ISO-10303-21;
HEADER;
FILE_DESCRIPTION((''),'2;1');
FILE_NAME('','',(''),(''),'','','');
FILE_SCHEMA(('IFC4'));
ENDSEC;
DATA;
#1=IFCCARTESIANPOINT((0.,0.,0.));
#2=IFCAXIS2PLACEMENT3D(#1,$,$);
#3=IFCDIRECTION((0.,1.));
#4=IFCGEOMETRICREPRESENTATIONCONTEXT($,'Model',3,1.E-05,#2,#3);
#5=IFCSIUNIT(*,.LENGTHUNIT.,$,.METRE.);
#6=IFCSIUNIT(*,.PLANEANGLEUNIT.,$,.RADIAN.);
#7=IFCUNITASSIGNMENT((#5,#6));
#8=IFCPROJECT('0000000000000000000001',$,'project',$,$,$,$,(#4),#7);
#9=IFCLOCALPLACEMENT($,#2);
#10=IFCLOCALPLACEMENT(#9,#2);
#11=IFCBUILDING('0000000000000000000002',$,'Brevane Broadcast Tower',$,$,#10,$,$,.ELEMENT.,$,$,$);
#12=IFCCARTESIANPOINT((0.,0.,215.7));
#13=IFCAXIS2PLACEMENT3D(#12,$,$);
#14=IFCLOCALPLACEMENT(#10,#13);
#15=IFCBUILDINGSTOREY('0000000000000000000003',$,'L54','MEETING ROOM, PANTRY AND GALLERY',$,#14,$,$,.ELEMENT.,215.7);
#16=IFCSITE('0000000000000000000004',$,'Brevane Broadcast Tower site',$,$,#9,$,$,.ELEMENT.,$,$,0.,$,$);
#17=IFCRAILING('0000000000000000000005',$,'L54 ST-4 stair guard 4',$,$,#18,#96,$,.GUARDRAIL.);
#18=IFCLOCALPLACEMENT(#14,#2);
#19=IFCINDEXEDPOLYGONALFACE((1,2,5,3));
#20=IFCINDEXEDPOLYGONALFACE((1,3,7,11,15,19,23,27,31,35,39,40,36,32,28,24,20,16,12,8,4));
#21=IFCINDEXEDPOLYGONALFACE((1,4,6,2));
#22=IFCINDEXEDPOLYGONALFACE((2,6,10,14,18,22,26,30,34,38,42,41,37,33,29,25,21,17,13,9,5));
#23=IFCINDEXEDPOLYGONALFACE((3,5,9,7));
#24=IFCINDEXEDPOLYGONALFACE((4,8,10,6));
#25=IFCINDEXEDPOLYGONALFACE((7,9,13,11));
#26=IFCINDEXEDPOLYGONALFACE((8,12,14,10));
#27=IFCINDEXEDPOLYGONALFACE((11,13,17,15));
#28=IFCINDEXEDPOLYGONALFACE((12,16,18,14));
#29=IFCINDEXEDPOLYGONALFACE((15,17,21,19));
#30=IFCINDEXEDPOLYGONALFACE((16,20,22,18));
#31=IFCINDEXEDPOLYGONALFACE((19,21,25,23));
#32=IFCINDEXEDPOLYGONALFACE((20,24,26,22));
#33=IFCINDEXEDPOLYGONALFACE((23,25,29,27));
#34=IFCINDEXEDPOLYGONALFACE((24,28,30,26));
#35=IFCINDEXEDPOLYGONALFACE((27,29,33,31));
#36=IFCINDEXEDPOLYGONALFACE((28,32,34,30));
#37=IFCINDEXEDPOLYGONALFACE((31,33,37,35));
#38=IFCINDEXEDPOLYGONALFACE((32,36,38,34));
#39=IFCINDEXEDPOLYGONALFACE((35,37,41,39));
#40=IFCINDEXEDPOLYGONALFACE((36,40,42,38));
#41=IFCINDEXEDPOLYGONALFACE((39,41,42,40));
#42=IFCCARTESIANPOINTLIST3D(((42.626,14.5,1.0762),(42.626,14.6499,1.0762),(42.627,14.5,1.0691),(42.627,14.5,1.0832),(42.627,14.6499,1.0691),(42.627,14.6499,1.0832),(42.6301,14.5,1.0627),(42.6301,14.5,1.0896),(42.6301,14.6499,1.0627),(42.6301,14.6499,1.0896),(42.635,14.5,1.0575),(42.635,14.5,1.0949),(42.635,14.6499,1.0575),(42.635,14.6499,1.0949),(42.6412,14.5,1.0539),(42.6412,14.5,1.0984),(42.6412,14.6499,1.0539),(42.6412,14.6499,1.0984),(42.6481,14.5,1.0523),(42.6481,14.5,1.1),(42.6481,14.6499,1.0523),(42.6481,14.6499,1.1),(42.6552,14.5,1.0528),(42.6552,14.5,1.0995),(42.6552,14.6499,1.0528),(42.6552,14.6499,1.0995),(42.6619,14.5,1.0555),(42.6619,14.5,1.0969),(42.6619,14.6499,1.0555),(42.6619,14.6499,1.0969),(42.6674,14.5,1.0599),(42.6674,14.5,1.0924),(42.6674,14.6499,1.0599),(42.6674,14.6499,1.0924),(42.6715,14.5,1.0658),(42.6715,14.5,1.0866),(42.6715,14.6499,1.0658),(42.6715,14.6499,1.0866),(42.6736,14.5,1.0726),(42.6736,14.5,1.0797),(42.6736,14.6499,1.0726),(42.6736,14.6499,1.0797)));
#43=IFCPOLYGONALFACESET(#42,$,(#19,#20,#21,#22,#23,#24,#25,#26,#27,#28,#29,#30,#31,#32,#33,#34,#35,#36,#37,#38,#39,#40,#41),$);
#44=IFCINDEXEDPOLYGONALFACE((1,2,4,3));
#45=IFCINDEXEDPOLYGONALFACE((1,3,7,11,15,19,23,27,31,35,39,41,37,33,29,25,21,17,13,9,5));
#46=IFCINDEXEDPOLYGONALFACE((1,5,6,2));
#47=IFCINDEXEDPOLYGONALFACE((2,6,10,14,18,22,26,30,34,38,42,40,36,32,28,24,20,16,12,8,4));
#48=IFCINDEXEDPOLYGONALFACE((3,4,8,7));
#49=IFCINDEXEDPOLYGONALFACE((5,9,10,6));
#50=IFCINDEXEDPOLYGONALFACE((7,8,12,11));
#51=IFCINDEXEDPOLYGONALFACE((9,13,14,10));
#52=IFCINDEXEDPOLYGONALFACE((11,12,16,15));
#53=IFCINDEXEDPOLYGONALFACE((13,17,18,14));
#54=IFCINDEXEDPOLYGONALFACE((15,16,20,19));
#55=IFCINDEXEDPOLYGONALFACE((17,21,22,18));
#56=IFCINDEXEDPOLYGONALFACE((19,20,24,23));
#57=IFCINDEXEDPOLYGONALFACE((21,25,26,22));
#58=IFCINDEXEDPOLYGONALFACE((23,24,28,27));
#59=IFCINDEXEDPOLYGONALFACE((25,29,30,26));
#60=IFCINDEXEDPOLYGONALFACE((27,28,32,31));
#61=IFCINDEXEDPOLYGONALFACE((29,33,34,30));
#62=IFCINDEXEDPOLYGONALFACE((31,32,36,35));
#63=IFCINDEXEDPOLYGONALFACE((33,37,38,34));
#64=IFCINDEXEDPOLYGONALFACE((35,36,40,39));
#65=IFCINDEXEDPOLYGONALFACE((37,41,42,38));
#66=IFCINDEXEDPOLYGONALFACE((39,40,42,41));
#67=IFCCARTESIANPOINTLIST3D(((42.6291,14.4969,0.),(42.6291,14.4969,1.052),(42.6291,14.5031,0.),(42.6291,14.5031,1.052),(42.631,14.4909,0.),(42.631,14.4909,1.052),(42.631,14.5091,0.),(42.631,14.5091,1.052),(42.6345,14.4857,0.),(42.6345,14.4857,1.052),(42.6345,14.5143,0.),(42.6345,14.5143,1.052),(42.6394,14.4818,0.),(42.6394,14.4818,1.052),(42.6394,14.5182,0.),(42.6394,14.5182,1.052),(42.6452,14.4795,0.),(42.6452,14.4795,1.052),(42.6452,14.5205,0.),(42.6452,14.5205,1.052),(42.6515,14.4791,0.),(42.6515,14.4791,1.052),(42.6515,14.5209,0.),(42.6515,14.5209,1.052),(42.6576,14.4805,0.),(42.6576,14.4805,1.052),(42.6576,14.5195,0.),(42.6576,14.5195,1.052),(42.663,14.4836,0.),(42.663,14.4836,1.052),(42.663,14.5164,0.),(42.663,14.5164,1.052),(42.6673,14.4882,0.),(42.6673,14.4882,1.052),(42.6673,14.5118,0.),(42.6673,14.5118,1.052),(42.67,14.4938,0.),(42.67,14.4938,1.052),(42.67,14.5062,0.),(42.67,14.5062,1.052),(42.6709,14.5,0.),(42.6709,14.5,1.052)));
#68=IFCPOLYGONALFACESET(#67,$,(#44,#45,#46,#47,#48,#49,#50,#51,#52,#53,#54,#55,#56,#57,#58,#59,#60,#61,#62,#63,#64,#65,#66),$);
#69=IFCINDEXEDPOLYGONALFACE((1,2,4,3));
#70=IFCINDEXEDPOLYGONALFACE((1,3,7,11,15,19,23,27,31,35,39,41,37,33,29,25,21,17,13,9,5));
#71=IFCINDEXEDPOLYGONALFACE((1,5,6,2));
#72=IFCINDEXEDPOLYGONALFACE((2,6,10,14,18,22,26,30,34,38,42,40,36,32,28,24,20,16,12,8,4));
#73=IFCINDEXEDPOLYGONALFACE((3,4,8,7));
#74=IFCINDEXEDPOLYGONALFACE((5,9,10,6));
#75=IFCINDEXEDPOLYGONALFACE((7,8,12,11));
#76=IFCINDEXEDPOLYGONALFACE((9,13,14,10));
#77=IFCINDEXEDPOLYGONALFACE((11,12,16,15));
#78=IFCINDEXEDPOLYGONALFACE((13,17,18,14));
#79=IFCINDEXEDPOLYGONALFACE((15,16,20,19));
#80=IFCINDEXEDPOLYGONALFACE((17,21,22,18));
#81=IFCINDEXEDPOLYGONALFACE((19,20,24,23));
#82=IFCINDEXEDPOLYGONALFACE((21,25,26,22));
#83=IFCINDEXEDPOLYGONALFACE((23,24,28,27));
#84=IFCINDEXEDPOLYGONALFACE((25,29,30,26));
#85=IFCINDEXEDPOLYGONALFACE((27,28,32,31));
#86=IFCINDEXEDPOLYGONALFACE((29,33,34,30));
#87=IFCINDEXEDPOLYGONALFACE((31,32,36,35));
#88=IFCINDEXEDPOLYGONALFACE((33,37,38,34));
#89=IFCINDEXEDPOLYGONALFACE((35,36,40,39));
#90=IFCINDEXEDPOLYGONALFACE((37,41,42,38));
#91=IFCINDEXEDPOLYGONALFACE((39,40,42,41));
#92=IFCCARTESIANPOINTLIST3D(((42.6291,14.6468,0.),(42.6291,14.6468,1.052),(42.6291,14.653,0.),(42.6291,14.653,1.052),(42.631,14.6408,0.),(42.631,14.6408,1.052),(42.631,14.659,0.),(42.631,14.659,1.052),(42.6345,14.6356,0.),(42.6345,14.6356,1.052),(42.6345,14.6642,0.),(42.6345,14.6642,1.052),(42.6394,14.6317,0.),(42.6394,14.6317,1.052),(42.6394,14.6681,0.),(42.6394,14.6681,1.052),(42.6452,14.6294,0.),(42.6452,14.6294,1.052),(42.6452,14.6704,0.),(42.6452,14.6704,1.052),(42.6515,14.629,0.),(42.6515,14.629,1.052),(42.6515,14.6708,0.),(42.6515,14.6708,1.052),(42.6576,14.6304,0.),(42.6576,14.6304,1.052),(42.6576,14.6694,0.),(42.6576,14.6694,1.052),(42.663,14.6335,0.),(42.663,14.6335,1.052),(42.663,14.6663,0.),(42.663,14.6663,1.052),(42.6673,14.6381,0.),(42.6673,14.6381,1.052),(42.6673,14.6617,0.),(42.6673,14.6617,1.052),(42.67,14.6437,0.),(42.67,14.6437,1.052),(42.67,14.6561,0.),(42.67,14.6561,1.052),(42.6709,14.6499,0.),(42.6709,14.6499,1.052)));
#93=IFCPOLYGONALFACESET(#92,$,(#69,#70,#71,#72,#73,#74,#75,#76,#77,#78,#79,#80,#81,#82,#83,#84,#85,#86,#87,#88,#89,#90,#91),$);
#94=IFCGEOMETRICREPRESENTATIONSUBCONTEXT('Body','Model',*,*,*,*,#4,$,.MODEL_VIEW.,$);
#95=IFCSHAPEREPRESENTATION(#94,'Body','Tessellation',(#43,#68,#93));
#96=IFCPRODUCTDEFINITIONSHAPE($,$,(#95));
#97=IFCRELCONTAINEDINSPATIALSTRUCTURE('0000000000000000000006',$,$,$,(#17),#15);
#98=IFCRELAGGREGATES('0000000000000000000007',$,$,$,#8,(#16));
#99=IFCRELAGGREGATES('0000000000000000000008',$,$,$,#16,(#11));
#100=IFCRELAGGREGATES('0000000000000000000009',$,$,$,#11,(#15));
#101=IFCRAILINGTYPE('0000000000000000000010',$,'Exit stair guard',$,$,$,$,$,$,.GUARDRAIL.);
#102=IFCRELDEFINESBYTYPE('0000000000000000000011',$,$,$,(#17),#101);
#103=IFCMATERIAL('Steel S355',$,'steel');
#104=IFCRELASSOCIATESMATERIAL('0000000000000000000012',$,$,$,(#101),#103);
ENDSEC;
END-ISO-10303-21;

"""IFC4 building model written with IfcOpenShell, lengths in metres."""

from ifc_helpers import new_model, si_unit, direction, frame, origin, origin_2d, place, context, subcontext, project, spatial, circle, extrude, material, type_object, element, save


model = new_model("IFC4")

# Units and contexts
model_context = context("Model", 3, precision=1e-05, world=origin(), true_north=direction((0.0, 1.0)))
body_context = subcontext(model_context, "Body", "Model", "MODEL_VIEW")
ifc_project = project(units=[si_unit("LENGTHUNIT", "METRE"), si_unit("PLANEANGLEUNIT", "RADIAN")], contexts=[model_context])

# Site, building, storey
site_placement = place(None, origin())
site = spatial("IfcSite", under=ifc_project, at=site_placement, Name="Brevane Broadcast Tower site", CompositionType="ELEMENT", RefElevation=0.0)
building_placement = place(site_placement, origin())
building = spatial("IfcBuilding", under=site, at=building_placement, Name="Brevane Broadcast Tower", CompositionType="ELEMENT")
storey_placement = place(building_placement, frame((0.0, 0.0, 215.7)))
storey = spatial("IfcBuildingStorey", under=building, at=storey_placement, Name="L54", Description="MEETING ROOM, PANTRY AND GALLERY", CompositionType="ELEMENT", Elevation=215.7)

# Railing
ifc_material_1 = material(Name="Steel S355", Category="steel")
railing_type_1 = type_object("IfcRailingType", Name="Exit stair guard", PredefinedType="GUARDRAIL", material=ifc_material_1)
railing_1_placement = place(storey_placement, frame((42.6499, 14.5, 0.0)))
element("IfcRailing", 1, at=railing_1_placement, inside=storey, type_object=railing_type_1, Name="L54 ST-4 stair guard 4", PredefinedType="GUARDRAIL", context=body_context, shape_type="SweptSolid", body=[
    extrude(circle(Radius=0.0239, at=origin_2d()), frame((0.0, 0.0, 1.0762), z_axis=(0.0, 1.0, 0.0), x_axis=(-1.0, 0.0, 0.0)), (0.0, 0.0, 1.0), 0.1499),
    extrude(circle(Radius=0.021, at=origin_2d()), origin(), (0.0, 0.0, 1.0), 1.052),
    extrude(circle(Radius=0.021, at=origin_2d()), frame((0.0, 0.1499, 0.0)), (0.0, 0.0, 1.0), 1.052),
])

save(model, "model.ifc")
